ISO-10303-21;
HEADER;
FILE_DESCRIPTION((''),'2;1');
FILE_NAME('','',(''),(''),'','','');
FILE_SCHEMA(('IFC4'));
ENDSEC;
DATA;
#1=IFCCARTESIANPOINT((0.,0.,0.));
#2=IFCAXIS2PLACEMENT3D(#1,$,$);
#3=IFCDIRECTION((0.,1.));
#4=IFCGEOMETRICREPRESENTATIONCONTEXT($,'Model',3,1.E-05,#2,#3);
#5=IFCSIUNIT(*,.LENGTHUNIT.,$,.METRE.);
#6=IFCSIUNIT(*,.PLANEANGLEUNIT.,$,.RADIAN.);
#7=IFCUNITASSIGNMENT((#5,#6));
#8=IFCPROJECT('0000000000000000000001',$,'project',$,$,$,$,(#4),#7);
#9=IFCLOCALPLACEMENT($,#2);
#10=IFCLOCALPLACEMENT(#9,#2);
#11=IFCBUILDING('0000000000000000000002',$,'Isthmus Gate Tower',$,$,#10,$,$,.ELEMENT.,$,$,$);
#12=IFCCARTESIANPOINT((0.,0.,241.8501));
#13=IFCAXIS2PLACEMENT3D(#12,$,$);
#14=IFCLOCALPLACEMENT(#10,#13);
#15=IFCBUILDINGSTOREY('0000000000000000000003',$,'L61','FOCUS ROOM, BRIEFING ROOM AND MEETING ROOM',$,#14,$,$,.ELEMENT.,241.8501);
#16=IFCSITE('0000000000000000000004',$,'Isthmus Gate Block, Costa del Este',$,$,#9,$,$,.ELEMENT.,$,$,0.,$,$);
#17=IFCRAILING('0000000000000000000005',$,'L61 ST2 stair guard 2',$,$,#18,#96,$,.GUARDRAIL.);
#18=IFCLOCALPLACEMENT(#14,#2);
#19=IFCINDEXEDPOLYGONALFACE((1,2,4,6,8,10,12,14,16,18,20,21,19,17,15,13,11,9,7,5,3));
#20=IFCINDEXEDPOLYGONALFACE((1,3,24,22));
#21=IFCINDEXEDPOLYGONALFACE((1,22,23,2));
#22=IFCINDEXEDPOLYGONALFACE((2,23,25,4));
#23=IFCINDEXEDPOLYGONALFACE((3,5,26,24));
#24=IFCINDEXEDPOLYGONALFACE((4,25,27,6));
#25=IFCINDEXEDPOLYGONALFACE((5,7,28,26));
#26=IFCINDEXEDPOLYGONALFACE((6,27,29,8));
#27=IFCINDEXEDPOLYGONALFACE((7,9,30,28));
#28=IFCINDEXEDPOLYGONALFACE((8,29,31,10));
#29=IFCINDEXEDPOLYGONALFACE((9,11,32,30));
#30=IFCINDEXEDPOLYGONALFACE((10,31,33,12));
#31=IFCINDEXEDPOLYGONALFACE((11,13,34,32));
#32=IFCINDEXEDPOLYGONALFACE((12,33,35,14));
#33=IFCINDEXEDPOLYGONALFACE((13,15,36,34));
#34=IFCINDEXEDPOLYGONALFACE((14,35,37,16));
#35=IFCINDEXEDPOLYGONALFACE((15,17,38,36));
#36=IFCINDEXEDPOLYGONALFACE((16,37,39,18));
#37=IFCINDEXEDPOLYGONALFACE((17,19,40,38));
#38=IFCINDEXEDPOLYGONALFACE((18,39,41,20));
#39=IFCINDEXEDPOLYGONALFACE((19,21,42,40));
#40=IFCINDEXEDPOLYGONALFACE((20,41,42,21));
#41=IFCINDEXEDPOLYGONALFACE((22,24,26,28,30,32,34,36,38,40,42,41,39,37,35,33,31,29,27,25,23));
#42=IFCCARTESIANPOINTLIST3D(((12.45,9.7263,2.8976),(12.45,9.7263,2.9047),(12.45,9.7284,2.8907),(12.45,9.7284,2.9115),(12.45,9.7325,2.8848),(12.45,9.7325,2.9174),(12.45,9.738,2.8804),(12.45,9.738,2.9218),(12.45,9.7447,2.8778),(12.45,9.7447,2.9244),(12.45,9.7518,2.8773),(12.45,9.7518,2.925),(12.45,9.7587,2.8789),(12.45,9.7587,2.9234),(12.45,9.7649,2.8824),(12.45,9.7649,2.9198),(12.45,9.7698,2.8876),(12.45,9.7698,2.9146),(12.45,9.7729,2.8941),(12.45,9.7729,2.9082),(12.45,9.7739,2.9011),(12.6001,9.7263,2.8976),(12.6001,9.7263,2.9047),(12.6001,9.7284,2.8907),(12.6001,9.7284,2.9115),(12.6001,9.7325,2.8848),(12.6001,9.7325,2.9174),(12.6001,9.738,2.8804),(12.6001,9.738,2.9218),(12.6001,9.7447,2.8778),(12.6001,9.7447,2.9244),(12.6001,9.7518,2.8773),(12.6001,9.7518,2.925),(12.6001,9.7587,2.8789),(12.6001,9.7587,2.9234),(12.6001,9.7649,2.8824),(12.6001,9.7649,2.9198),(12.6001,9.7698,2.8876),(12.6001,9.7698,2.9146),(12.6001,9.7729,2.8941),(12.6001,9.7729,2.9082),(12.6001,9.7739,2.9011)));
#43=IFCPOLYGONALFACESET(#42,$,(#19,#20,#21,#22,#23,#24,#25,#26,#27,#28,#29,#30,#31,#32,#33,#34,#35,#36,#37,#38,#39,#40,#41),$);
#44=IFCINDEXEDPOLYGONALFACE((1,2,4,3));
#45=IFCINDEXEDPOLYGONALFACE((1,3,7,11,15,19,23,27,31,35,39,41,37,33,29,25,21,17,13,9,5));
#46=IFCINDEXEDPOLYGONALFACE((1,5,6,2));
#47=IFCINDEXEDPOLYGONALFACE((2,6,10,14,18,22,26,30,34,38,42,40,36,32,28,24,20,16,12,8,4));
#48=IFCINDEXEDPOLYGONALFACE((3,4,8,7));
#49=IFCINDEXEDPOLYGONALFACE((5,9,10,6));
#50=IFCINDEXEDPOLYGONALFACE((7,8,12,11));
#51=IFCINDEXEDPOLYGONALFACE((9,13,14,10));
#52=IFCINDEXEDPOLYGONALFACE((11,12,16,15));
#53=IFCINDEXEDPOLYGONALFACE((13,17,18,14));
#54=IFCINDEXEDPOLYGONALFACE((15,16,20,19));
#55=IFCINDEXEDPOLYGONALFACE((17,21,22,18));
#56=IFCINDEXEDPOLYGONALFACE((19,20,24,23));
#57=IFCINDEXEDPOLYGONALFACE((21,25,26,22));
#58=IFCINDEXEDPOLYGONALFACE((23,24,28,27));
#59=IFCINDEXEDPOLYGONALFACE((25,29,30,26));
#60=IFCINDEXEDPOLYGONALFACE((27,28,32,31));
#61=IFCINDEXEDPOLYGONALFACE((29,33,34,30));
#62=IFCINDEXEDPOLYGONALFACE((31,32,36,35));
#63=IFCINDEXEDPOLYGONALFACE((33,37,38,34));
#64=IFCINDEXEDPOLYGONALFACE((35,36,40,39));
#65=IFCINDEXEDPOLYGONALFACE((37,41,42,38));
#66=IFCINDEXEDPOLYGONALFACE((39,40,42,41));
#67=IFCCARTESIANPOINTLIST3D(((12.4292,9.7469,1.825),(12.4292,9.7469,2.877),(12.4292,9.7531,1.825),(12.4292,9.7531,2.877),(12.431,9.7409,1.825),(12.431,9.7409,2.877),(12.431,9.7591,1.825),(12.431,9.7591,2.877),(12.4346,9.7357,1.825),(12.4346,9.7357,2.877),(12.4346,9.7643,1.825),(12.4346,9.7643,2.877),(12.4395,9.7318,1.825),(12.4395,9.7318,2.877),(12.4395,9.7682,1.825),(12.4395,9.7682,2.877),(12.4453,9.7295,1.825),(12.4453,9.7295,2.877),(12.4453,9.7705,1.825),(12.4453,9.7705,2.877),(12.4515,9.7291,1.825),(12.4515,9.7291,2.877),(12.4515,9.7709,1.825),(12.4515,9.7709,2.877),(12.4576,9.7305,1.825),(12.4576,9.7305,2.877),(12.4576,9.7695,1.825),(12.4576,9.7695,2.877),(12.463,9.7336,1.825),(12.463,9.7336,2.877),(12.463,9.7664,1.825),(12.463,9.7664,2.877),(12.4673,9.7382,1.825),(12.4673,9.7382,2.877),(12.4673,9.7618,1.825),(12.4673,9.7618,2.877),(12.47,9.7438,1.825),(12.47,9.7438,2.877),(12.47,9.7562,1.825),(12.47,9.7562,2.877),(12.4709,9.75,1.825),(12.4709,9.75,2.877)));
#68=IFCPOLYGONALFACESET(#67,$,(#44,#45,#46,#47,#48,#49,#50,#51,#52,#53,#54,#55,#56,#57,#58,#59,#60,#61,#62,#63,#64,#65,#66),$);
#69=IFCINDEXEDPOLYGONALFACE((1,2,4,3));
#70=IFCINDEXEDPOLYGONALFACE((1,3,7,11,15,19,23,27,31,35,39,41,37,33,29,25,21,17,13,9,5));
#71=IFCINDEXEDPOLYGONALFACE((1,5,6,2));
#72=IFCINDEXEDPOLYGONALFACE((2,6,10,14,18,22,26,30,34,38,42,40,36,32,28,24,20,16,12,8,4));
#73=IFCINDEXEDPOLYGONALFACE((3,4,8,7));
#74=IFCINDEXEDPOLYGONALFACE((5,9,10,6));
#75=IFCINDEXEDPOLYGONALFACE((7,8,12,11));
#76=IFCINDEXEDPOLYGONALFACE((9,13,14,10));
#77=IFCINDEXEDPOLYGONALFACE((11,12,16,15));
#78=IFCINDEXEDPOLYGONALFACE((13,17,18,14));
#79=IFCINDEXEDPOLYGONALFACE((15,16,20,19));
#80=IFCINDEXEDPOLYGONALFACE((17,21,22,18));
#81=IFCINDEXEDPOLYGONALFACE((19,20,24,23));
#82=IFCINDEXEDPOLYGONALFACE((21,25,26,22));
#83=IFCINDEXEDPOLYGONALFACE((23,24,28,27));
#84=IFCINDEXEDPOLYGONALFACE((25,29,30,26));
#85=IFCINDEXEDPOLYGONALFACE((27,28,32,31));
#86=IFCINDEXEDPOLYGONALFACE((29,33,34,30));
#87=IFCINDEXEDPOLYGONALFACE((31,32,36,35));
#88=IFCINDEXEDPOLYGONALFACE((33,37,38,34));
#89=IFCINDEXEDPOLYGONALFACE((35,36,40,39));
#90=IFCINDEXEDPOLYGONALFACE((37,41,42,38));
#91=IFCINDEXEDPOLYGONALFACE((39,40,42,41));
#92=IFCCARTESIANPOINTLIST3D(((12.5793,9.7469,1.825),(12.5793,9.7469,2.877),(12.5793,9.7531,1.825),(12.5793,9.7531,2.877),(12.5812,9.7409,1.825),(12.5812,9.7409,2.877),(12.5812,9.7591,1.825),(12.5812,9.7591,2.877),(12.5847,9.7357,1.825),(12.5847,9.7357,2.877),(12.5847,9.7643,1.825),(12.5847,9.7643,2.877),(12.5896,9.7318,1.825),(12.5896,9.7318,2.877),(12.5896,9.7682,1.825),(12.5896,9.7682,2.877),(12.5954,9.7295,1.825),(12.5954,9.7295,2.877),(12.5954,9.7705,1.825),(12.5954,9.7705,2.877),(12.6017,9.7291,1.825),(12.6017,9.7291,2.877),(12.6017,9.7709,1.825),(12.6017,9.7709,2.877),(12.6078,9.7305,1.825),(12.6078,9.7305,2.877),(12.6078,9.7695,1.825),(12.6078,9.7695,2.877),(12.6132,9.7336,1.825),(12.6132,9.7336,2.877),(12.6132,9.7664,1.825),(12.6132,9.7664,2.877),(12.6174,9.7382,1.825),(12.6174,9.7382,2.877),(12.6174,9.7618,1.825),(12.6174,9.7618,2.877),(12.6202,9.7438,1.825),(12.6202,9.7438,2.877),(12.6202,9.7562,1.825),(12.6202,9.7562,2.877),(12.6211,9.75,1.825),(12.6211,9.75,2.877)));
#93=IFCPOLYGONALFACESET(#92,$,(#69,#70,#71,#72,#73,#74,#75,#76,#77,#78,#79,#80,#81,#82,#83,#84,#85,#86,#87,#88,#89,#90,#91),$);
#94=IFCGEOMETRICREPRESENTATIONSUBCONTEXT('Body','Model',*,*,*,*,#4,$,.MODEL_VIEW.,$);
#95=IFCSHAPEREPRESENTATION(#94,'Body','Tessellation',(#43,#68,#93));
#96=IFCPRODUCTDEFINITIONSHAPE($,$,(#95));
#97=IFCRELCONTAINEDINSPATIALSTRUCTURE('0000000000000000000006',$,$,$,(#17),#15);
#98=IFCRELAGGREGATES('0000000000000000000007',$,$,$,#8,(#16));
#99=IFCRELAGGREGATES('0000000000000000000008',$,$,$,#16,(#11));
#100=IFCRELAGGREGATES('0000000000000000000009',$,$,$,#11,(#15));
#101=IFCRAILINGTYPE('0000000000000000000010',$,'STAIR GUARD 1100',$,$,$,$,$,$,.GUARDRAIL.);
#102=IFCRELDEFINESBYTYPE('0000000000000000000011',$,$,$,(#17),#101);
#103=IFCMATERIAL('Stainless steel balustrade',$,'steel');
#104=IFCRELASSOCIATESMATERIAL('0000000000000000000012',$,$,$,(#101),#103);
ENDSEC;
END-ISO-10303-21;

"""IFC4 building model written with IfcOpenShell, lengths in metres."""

from ifc_helpers import new_model, si_unit, direction, frame, origin, origin_2d, place, context, subcontext, project, spatial, circle, extrude, material, type_object, element, save


model = new_model("IFC4")

# Units and contexts
model_context = context("Model", 3, precision=1e-05, world=origin(), true_north=direction((0.0, 1.0)))
body_context = subcontext(model_context, "Body", "Model", "MODEL_VIEW")
ifc_project = project(units=[si_unit("LENGTHUNIT", "METRE"), si_unit("PLANEANGLEUNIT", "RADIAN")], contexts=[model_context])

# Site, building, storey
site_placement = place(None, origin())
site = spatial("IfcSite", under=ifc_project, at=site_placement, Name="Isthmus Gate Block, Costa del Este", CompositionType="ELEMENT", RefElevation=0.0)
building_placement = place(site_placement, origin())
building = spatial("IfcBuilding", under=site, at=building_placement, Name="Isthmus Gate Tower", CompositionType="ELEMENT")
storey_placement = place(building_placement, frame((0.0, 0.0, 241.8501)))
storey = spatial("IfcBuildingStorey", under=building, at=storey_placement, Name="L61", Description="FOCUS ROOM, BRIEFING ROOM AND MEETING ROOM", CompositionType="ELEMENT", Elevation=241.8501)

# Railing
ifc_material_1 = material(Name="Stainless steel balustrade", Category="steel")
railing_type_1 = type_object("IfcRailingType", Name="STAIR GUARD 1100", PredefinedType="GUARDRAIL", material=ifc_material_1)
railing_1_placement = place(storey_placement, frame((12.45, 9.75, 1.825)))
element("IfcRailing", 1, at=railing_1_placement, inside=storey, type_object=railing_type_1, Name="L61 ST2 stair guard 2", PredefinedType="GUARDRAIL", context=body_context, shape_type="SweptSolid", body=[
    extrude(circle(Radius=0.0239, at=origin_2d()), frame((0.0, 0.0, 1.0762), z_axis=(1.0, 0.0, 0.0), x_axis=(0.0, 1.0, 0.0)), (0.0, 0.0, 1.0), 0.1501),
    extrude(circle(Radius=0.021, at=origin_2d()), origin(), (0.0, 0.0, 1.0), 1.052),
    extrude(circle(Radius=0.021, at=origin_2d()), frame((0.1501, 0.0, 0.0)), (0.0, 0.0, 1.0), 1.052),
])

save(model, "model.ifc")
